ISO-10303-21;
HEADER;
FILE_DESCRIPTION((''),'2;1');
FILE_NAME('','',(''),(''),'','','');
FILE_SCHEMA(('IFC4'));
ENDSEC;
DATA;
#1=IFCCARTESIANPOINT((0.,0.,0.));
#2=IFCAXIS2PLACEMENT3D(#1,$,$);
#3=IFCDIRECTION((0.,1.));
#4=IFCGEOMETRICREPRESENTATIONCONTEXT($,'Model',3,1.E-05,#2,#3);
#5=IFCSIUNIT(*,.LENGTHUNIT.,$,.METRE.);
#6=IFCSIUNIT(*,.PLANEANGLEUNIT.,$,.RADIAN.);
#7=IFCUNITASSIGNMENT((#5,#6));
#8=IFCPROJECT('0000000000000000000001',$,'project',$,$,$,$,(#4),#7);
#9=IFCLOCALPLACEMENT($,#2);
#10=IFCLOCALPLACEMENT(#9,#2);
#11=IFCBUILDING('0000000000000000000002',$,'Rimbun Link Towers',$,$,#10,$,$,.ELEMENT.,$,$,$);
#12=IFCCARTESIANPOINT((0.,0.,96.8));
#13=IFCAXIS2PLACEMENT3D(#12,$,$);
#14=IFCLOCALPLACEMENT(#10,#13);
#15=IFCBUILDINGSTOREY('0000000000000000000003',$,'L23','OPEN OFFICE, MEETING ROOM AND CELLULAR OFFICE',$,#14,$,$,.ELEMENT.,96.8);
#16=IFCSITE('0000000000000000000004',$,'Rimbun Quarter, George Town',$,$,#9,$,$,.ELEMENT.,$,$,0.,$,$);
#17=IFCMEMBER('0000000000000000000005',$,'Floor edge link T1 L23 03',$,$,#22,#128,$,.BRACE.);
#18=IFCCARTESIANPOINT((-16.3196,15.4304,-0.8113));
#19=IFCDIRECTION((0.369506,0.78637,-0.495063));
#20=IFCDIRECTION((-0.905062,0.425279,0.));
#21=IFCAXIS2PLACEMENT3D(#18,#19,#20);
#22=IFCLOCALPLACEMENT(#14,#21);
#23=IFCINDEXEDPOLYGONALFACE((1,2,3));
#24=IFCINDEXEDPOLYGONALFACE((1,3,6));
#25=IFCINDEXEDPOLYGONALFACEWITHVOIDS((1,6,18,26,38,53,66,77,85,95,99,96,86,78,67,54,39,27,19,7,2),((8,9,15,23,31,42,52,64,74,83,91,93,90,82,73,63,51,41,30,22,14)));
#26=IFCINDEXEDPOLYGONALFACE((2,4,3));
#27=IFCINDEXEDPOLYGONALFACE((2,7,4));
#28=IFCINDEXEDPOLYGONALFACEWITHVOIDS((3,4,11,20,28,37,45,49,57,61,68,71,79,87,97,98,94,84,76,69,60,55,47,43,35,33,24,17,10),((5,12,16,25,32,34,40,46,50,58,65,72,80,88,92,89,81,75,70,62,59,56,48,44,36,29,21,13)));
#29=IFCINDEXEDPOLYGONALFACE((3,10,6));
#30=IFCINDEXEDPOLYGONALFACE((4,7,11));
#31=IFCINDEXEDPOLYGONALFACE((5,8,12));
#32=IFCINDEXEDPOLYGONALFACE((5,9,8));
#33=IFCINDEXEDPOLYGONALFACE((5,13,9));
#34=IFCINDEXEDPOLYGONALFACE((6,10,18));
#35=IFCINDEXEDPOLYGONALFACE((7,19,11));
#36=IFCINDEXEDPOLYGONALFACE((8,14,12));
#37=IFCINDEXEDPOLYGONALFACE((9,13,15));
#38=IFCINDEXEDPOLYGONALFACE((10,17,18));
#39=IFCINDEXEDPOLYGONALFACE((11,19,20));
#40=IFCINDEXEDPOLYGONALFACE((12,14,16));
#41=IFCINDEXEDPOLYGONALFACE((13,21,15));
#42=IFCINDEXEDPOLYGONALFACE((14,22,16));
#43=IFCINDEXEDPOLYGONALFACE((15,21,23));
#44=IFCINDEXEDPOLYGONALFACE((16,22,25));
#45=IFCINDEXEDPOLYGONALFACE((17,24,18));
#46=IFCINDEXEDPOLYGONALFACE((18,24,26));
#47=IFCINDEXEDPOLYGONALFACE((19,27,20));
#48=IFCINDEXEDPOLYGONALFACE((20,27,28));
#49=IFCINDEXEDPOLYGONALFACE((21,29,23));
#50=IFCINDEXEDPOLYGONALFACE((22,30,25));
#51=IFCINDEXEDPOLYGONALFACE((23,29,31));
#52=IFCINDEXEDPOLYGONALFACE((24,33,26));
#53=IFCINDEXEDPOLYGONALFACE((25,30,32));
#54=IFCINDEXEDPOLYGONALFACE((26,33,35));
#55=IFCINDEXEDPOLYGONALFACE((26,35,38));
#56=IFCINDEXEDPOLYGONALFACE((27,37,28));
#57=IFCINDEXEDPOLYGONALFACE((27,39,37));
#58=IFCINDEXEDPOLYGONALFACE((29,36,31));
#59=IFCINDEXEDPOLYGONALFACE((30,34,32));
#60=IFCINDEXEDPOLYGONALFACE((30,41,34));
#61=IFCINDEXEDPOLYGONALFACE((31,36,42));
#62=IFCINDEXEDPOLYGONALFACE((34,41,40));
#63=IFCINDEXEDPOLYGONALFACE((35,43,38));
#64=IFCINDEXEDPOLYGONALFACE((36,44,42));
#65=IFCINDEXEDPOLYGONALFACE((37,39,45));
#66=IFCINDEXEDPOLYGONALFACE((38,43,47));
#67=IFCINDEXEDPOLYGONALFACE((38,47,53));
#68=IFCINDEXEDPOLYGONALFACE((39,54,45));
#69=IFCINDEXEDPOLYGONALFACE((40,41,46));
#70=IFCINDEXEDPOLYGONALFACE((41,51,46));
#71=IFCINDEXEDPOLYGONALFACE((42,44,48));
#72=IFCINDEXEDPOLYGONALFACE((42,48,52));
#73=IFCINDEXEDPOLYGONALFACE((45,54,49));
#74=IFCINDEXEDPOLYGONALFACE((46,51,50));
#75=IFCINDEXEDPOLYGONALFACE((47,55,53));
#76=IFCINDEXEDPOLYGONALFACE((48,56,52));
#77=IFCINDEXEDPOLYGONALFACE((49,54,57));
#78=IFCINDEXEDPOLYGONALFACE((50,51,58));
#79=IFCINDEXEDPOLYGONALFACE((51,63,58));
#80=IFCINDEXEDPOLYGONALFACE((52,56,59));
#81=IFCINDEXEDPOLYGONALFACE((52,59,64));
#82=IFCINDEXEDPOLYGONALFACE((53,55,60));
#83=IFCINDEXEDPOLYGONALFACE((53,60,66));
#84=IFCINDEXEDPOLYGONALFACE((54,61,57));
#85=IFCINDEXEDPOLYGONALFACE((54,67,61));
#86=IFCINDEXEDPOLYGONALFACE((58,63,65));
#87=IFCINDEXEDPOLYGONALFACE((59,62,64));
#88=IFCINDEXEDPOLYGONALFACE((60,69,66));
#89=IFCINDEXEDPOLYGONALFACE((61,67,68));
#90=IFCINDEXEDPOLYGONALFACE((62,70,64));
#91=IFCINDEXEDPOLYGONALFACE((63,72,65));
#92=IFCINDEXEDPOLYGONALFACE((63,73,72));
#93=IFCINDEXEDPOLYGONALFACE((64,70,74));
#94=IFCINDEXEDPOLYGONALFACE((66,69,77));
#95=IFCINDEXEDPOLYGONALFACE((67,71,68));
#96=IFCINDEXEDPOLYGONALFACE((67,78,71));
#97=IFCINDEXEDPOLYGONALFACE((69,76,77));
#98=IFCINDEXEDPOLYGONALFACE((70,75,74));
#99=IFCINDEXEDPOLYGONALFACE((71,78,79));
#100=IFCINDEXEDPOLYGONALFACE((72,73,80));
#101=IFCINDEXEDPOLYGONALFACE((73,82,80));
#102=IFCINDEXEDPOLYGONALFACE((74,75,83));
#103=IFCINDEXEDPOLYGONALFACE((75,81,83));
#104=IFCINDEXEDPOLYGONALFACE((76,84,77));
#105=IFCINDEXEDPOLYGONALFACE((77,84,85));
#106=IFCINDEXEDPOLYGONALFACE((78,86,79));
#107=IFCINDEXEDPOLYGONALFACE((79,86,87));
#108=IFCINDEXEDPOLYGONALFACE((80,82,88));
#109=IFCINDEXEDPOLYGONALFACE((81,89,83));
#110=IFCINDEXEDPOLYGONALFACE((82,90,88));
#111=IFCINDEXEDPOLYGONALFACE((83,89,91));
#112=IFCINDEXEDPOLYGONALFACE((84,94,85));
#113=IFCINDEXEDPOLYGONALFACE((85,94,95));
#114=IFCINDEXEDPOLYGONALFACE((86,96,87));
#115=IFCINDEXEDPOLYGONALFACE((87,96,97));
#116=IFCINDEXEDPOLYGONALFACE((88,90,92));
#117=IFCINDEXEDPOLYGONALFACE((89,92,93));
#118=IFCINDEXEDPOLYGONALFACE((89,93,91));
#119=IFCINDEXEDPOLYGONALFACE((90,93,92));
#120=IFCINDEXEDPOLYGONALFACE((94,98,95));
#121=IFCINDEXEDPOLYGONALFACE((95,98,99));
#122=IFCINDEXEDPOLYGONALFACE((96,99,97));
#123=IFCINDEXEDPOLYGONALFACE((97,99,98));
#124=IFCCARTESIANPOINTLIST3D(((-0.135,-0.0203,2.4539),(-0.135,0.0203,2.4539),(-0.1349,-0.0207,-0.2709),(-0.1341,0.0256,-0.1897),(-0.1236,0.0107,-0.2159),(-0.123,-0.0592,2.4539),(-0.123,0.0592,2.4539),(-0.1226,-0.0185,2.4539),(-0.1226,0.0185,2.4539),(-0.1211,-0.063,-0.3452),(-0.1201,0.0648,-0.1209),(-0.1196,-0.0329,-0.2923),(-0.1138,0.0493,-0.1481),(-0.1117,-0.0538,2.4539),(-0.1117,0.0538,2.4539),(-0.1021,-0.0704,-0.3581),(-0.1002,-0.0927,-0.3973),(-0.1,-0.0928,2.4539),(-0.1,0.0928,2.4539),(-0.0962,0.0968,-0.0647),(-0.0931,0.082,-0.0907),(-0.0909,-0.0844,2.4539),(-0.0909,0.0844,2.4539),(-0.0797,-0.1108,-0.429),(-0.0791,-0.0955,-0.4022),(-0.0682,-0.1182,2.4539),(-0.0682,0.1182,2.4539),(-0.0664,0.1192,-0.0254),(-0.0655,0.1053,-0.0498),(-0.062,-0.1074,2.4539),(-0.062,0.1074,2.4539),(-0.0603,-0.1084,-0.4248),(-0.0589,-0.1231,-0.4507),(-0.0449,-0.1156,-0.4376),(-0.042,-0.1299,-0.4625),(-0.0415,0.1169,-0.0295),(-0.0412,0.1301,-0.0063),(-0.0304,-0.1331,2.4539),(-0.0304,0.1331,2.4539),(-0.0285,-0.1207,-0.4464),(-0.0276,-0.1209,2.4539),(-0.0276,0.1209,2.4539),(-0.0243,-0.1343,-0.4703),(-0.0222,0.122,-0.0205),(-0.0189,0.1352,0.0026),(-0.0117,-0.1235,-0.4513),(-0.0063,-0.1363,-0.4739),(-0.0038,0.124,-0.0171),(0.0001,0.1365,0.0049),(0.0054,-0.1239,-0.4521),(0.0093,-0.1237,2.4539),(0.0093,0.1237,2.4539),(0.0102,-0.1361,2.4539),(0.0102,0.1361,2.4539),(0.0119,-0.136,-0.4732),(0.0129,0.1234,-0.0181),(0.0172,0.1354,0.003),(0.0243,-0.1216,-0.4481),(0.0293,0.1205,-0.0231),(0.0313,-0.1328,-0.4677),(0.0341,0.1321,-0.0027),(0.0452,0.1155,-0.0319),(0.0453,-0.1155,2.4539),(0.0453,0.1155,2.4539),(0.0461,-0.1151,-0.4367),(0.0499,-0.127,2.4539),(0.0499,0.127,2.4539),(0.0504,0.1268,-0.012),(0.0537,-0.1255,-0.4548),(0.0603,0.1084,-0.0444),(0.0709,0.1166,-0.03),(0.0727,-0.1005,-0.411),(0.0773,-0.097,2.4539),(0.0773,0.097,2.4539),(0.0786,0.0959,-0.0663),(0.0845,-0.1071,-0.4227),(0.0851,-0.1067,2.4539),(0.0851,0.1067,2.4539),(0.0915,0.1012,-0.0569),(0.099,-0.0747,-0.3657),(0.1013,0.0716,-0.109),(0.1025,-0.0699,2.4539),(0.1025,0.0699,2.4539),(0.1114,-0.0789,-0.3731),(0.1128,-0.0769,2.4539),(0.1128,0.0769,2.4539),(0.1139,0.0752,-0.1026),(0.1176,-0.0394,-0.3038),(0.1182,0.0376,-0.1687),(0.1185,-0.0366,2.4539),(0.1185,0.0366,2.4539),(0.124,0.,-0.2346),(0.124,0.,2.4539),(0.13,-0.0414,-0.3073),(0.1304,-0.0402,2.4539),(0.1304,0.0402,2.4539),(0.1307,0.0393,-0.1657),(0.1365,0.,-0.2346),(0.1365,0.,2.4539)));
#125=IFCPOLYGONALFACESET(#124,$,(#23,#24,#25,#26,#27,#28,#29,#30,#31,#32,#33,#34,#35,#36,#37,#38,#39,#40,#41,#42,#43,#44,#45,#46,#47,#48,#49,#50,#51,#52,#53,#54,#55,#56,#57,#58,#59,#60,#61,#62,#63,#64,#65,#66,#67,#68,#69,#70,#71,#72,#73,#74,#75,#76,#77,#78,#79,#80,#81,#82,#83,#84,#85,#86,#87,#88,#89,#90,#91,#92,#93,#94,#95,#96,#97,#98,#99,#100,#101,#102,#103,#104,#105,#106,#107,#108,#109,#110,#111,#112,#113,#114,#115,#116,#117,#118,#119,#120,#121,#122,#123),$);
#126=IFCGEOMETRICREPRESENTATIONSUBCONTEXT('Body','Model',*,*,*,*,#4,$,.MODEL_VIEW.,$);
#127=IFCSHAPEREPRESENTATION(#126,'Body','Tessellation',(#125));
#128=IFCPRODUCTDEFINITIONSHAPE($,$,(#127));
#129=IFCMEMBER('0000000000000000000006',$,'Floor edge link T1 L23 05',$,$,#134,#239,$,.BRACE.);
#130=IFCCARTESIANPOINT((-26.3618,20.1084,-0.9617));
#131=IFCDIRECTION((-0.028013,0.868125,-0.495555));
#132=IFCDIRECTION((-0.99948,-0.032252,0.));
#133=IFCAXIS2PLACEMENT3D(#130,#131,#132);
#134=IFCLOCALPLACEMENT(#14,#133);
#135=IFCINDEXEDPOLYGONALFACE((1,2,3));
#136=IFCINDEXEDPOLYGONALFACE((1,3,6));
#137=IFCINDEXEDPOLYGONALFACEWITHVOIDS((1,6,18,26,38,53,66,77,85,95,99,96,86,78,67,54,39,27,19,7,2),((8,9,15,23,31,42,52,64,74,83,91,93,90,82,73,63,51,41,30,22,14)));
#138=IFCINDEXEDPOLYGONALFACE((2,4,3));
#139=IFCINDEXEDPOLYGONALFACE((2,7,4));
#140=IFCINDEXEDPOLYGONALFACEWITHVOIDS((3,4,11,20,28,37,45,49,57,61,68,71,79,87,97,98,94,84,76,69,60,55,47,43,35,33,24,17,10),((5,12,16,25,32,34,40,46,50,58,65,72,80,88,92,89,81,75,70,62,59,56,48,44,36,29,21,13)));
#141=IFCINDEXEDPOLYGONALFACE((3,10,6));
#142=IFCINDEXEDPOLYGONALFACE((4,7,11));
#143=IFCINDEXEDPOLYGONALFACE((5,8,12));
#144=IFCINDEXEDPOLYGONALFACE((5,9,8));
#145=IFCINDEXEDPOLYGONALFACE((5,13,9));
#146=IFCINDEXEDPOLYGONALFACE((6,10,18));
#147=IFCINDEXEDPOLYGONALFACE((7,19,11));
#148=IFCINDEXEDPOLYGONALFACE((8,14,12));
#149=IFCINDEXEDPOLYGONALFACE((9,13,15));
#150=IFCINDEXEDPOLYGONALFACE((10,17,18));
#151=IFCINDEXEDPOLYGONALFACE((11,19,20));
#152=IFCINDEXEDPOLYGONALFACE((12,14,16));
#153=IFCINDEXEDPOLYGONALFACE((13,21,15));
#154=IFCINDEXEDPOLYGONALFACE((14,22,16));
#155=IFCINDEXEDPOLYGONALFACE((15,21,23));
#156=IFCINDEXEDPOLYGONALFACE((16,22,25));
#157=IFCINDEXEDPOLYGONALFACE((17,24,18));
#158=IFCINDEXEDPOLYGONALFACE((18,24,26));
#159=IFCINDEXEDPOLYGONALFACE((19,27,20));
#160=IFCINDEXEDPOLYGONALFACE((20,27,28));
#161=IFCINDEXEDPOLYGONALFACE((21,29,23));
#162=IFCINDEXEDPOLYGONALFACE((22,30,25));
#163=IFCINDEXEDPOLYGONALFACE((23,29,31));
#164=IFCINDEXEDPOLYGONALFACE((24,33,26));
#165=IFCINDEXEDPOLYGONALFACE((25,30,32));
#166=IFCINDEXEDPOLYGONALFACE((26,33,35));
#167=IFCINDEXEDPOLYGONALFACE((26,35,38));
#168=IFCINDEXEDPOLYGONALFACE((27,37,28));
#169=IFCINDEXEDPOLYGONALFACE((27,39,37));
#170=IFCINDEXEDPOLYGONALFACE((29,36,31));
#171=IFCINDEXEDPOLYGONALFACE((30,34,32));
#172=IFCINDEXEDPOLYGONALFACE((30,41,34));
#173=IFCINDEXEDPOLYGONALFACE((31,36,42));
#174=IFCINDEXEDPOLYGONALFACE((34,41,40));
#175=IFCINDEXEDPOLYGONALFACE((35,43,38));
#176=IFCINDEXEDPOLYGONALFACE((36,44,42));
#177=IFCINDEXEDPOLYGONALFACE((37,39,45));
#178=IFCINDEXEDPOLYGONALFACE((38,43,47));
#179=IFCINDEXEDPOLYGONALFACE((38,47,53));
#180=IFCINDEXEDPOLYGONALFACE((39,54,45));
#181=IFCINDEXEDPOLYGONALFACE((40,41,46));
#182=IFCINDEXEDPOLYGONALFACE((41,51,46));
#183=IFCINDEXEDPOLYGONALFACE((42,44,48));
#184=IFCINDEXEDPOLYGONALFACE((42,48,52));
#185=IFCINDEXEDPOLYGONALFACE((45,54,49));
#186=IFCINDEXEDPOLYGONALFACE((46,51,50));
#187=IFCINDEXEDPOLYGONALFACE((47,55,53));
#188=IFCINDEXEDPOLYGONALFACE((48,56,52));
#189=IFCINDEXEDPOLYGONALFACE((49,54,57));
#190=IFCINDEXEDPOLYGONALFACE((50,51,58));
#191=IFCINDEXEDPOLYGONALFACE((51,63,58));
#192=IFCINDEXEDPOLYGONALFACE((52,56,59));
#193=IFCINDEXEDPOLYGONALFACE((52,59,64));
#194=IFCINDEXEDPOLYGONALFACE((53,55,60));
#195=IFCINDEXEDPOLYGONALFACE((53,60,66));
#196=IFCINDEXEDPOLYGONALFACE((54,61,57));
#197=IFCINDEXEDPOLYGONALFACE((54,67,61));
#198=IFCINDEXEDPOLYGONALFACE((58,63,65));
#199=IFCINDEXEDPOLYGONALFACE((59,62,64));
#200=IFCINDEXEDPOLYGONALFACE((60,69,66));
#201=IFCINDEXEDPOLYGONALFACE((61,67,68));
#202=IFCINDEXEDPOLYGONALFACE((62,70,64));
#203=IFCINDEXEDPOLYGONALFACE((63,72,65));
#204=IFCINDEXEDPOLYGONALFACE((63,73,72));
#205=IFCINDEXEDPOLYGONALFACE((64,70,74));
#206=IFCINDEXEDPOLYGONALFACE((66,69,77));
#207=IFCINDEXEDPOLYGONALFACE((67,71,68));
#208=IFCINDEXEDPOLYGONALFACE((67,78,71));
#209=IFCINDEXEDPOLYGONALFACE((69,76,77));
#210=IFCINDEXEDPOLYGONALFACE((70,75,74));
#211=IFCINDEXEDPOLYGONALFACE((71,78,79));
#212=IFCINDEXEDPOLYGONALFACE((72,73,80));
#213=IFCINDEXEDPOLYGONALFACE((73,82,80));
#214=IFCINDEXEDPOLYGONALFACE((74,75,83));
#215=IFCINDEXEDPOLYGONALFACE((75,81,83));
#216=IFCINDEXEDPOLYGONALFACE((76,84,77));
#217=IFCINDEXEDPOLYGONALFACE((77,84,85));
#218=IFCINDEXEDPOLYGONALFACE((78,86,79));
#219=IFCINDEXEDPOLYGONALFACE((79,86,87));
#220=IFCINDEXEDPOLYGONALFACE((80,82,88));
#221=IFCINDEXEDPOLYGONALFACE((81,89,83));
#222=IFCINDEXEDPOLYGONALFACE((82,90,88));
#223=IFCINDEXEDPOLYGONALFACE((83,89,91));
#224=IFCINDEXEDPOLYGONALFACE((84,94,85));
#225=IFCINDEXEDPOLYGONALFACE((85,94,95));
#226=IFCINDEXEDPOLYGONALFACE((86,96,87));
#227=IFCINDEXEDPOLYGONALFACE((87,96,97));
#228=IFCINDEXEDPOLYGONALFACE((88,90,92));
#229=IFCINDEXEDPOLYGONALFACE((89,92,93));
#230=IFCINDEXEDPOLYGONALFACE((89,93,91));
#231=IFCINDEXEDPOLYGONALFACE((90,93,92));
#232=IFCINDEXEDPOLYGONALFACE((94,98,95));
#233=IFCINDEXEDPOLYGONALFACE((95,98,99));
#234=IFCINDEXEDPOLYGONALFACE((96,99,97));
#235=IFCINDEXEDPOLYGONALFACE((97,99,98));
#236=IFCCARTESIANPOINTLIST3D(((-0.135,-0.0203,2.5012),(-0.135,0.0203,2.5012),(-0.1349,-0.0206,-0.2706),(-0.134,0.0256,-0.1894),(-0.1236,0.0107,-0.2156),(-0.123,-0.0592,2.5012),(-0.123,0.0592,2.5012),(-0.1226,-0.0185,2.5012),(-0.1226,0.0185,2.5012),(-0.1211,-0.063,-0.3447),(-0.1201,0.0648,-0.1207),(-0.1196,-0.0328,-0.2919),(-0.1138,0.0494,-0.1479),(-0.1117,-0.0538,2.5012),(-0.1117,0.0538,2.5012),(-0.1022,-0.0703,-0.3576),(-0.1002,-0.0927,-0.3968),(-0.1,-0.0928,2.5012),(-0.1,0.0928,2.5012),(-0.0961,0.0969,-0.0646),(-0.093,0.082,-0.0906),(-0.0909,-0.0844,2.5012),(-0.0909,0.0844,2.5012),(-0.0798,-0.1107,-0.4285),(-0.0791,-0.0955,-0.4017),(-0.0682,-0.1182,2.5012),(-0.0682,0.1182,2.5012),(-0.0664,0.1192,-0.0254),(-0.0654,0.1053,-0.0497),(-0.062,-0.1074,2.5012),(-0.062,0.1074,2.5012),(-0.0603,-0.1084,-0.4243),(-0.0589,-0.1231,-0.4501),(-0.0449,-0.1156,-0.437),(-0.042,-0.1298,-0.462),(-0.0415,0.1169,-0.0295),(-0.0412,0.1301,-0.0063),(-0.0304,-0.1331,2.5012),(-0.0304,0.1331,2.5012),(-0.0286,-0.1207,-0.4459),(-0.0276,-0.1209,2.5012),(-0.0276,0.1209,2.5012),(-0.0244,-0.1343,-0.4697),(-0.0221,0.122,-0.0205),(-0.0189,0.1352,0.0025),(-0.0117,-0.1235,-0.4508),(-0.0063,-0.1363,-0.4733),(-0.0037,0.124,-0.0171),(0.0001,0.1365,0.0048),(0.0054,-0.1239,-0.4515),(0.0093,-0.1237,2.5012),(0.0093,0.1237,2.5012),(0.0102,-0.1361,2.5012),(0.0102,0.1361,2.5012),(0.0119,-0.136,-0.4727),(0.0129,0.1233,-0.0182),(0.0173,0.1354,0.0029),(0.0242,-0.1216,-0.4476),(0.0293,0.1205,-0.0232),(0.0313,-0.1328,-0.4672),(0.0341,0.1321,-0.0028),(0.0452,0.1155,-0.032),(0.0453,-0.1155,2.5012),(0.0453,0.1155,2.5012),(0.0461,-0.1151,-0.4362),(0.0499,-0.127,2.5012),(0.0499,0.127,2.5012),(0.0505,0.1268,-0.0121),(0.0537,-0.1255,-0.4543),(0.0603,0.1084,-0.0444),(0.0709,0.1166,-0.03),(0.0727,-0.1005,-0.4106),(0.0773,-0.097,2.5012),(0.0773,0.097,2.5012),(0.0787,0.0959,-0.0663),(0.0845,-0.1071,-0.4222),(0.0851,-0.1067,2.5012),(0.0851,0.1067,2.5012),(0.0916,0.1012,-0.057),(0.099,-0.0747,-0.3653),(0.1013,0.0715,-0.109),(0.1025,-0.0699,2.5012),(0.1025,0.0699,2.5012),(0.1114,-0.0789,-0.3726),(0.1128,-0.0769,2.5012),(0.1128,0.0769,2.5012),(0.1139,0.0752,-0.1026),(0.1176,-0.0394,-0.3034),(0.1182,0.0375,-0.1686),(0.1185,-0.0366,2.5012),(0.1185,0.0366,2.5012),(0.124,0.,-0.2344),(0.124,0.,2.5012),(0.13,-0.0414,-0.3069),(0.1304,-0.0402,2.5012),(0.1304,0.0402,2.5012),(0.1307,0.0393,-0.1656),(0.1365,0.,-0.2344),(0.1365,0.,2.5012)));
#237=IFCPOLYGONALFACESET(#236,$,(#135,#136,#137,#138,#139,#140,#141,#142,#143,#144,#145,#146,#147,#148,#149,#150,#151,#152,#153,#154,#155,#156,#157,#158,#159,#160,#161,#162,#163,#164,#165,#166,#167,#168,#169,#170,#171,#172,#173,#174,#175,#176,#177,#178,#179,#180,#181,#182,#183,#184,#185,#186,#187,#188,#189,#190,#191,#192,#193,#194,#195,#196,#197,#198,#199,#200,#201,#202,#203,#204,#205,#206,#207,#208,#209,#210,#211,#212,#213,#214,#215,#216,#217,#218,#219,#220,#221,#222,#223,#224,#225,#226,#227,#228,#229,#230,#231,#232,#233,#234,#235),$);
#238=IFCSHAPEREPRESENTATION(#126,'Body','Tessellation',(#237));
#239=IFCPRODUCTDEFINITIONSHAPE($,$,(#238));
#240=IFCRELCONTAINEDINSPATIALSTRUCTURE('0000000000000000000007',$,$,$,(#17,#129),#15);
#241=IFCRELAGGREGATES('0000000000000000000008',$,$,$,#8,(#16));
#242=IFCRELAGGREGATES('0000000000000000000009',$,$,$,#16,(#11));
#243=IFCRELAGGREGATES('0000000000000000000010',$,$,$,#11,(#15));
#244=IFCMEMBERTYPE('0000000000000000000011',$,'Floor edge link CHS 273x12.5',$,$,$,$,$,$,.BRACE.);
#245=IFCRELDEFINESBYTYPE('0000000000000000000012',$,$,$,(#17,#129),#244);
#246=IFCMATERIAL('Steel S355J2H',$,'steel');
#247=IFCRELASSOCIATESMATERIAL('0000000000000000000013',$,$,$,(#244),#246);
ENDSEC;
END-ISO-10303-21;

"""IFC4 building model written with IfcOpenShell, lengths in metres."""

from ifc_helpers import new_model, si_unit, direction, frame, origin, origin_2d, place, context, subcontext, project, spatial, hollow_circle, extrude, clip, halfspace, material, material_profile, profile_set, type_object, element, save


model = new_model("IFC4")

# Units and contexts
model_context = context("Model", 3, precision=1e-05, world=origin(), true_north=direction((0.0, 1.0)))
body_context = subcontext(model_context, "Body", "Model", "MODEL_VIEW")
ifc_project = project(units=[si_unit("LENGTHUNIT", "METRE"), si_unit("PLANEANGLEUNIT", "RADIAN")], contexts=[model_context])

# Site, building, storey
site_placement = place(None, origin())
site = spatial("IfcSite", under=ifc_project, at=site_placement, Name="Rimbun Quarter, George Town", CompositionType="ELEMENT", RefElevation=0.0)
building_placement = place(site_placement, origin())
building = spatial("IfcBuilding", under=site, at=building_placement, Name="Rimbun Link Towers", CompositionType="ELEMENT")
storey_placement = place(building_placement, frame((0.0, 0.0, 96.8)))
storey = spatial("IfcBuildingStorey", under=building, at=storey_placement, Name="L23", Description="OPEN OFFICE, MEETING ROOM AND CELLULAR OFFICE", CompositionType="ELEMENT", Elevation=96.8)

# Members
ifc_material_1 = material(Name="Steel S355J2H", Category="steel")
ifc_material_profile_1 = material_profile(ifc_material_1, hollow_circle(Radius=0.1365, WallThickness=0.0125, at=origin_2d()), Name="CHS 273x12.5")
ifc_profile_set_1 = profile_set([ifc_material_profile_1], Name="Steel S355J2H")
member_type_1 = type_object("IfcMemberType", Name="Floor edge link CHS 273x12.5", PredefinedType="BRACE", material=ifc_profile_set_1)
member_1_placement = place(storey_placement, frame((-16.3196, 15.4304, -0.8113), z_axis=(0.369506, 0.78637, -0.495063), x_axis=(-0.905062, 0.425279, 0.0)))
element("IfcMember", 1, at=member_1_placement, inside=storey, type_object=member_type_1, Name="Floor edge link T1 L23 03", PredefinedType="BRACE", context=body_context, shape_type="Clipping", body=[
    clip(extrude(hollow_circle(Radius=0.1365, WallThickness=0.0125, at=origin_2d()), frame((0.0, 0.0, -0.4993)), (0.0, 0.0, 1.0), 2.9531), halfspace(frame((0.0, 0.0, -0.2346), z_axis=(0.0, 0.868857, -0.495063)), False)),
])
member_2_placement = place(storey_placement, frame((-26.3618, 20.1084, -0.9617), z_axis=(-0.028013, 0.868125, -0.495555), x_axis=(-0.99948, -0.032252, 0.0)))
element("IfcMember", 2, at=member_2_placement, inside=storey, type_object=member_type_1, Name="Floor edge link T1 L23 05", PredefinedType="BRACE", context=body_context, shape_type="Clipping", body=[
    clip(extrude(hollow_circle(Radius=0.1365, WallThickness=0.0125, at=origin_2d()), frame((0.0, 0.0, -0.4988)), (0.0, 0.0, 1.0), 3.0), halfspace(frame((0.0, 0.0, -0.2344), z_axis=(0.0, 0.868576, -0.495555)), False)),
])

save(model, "model.ifc")
